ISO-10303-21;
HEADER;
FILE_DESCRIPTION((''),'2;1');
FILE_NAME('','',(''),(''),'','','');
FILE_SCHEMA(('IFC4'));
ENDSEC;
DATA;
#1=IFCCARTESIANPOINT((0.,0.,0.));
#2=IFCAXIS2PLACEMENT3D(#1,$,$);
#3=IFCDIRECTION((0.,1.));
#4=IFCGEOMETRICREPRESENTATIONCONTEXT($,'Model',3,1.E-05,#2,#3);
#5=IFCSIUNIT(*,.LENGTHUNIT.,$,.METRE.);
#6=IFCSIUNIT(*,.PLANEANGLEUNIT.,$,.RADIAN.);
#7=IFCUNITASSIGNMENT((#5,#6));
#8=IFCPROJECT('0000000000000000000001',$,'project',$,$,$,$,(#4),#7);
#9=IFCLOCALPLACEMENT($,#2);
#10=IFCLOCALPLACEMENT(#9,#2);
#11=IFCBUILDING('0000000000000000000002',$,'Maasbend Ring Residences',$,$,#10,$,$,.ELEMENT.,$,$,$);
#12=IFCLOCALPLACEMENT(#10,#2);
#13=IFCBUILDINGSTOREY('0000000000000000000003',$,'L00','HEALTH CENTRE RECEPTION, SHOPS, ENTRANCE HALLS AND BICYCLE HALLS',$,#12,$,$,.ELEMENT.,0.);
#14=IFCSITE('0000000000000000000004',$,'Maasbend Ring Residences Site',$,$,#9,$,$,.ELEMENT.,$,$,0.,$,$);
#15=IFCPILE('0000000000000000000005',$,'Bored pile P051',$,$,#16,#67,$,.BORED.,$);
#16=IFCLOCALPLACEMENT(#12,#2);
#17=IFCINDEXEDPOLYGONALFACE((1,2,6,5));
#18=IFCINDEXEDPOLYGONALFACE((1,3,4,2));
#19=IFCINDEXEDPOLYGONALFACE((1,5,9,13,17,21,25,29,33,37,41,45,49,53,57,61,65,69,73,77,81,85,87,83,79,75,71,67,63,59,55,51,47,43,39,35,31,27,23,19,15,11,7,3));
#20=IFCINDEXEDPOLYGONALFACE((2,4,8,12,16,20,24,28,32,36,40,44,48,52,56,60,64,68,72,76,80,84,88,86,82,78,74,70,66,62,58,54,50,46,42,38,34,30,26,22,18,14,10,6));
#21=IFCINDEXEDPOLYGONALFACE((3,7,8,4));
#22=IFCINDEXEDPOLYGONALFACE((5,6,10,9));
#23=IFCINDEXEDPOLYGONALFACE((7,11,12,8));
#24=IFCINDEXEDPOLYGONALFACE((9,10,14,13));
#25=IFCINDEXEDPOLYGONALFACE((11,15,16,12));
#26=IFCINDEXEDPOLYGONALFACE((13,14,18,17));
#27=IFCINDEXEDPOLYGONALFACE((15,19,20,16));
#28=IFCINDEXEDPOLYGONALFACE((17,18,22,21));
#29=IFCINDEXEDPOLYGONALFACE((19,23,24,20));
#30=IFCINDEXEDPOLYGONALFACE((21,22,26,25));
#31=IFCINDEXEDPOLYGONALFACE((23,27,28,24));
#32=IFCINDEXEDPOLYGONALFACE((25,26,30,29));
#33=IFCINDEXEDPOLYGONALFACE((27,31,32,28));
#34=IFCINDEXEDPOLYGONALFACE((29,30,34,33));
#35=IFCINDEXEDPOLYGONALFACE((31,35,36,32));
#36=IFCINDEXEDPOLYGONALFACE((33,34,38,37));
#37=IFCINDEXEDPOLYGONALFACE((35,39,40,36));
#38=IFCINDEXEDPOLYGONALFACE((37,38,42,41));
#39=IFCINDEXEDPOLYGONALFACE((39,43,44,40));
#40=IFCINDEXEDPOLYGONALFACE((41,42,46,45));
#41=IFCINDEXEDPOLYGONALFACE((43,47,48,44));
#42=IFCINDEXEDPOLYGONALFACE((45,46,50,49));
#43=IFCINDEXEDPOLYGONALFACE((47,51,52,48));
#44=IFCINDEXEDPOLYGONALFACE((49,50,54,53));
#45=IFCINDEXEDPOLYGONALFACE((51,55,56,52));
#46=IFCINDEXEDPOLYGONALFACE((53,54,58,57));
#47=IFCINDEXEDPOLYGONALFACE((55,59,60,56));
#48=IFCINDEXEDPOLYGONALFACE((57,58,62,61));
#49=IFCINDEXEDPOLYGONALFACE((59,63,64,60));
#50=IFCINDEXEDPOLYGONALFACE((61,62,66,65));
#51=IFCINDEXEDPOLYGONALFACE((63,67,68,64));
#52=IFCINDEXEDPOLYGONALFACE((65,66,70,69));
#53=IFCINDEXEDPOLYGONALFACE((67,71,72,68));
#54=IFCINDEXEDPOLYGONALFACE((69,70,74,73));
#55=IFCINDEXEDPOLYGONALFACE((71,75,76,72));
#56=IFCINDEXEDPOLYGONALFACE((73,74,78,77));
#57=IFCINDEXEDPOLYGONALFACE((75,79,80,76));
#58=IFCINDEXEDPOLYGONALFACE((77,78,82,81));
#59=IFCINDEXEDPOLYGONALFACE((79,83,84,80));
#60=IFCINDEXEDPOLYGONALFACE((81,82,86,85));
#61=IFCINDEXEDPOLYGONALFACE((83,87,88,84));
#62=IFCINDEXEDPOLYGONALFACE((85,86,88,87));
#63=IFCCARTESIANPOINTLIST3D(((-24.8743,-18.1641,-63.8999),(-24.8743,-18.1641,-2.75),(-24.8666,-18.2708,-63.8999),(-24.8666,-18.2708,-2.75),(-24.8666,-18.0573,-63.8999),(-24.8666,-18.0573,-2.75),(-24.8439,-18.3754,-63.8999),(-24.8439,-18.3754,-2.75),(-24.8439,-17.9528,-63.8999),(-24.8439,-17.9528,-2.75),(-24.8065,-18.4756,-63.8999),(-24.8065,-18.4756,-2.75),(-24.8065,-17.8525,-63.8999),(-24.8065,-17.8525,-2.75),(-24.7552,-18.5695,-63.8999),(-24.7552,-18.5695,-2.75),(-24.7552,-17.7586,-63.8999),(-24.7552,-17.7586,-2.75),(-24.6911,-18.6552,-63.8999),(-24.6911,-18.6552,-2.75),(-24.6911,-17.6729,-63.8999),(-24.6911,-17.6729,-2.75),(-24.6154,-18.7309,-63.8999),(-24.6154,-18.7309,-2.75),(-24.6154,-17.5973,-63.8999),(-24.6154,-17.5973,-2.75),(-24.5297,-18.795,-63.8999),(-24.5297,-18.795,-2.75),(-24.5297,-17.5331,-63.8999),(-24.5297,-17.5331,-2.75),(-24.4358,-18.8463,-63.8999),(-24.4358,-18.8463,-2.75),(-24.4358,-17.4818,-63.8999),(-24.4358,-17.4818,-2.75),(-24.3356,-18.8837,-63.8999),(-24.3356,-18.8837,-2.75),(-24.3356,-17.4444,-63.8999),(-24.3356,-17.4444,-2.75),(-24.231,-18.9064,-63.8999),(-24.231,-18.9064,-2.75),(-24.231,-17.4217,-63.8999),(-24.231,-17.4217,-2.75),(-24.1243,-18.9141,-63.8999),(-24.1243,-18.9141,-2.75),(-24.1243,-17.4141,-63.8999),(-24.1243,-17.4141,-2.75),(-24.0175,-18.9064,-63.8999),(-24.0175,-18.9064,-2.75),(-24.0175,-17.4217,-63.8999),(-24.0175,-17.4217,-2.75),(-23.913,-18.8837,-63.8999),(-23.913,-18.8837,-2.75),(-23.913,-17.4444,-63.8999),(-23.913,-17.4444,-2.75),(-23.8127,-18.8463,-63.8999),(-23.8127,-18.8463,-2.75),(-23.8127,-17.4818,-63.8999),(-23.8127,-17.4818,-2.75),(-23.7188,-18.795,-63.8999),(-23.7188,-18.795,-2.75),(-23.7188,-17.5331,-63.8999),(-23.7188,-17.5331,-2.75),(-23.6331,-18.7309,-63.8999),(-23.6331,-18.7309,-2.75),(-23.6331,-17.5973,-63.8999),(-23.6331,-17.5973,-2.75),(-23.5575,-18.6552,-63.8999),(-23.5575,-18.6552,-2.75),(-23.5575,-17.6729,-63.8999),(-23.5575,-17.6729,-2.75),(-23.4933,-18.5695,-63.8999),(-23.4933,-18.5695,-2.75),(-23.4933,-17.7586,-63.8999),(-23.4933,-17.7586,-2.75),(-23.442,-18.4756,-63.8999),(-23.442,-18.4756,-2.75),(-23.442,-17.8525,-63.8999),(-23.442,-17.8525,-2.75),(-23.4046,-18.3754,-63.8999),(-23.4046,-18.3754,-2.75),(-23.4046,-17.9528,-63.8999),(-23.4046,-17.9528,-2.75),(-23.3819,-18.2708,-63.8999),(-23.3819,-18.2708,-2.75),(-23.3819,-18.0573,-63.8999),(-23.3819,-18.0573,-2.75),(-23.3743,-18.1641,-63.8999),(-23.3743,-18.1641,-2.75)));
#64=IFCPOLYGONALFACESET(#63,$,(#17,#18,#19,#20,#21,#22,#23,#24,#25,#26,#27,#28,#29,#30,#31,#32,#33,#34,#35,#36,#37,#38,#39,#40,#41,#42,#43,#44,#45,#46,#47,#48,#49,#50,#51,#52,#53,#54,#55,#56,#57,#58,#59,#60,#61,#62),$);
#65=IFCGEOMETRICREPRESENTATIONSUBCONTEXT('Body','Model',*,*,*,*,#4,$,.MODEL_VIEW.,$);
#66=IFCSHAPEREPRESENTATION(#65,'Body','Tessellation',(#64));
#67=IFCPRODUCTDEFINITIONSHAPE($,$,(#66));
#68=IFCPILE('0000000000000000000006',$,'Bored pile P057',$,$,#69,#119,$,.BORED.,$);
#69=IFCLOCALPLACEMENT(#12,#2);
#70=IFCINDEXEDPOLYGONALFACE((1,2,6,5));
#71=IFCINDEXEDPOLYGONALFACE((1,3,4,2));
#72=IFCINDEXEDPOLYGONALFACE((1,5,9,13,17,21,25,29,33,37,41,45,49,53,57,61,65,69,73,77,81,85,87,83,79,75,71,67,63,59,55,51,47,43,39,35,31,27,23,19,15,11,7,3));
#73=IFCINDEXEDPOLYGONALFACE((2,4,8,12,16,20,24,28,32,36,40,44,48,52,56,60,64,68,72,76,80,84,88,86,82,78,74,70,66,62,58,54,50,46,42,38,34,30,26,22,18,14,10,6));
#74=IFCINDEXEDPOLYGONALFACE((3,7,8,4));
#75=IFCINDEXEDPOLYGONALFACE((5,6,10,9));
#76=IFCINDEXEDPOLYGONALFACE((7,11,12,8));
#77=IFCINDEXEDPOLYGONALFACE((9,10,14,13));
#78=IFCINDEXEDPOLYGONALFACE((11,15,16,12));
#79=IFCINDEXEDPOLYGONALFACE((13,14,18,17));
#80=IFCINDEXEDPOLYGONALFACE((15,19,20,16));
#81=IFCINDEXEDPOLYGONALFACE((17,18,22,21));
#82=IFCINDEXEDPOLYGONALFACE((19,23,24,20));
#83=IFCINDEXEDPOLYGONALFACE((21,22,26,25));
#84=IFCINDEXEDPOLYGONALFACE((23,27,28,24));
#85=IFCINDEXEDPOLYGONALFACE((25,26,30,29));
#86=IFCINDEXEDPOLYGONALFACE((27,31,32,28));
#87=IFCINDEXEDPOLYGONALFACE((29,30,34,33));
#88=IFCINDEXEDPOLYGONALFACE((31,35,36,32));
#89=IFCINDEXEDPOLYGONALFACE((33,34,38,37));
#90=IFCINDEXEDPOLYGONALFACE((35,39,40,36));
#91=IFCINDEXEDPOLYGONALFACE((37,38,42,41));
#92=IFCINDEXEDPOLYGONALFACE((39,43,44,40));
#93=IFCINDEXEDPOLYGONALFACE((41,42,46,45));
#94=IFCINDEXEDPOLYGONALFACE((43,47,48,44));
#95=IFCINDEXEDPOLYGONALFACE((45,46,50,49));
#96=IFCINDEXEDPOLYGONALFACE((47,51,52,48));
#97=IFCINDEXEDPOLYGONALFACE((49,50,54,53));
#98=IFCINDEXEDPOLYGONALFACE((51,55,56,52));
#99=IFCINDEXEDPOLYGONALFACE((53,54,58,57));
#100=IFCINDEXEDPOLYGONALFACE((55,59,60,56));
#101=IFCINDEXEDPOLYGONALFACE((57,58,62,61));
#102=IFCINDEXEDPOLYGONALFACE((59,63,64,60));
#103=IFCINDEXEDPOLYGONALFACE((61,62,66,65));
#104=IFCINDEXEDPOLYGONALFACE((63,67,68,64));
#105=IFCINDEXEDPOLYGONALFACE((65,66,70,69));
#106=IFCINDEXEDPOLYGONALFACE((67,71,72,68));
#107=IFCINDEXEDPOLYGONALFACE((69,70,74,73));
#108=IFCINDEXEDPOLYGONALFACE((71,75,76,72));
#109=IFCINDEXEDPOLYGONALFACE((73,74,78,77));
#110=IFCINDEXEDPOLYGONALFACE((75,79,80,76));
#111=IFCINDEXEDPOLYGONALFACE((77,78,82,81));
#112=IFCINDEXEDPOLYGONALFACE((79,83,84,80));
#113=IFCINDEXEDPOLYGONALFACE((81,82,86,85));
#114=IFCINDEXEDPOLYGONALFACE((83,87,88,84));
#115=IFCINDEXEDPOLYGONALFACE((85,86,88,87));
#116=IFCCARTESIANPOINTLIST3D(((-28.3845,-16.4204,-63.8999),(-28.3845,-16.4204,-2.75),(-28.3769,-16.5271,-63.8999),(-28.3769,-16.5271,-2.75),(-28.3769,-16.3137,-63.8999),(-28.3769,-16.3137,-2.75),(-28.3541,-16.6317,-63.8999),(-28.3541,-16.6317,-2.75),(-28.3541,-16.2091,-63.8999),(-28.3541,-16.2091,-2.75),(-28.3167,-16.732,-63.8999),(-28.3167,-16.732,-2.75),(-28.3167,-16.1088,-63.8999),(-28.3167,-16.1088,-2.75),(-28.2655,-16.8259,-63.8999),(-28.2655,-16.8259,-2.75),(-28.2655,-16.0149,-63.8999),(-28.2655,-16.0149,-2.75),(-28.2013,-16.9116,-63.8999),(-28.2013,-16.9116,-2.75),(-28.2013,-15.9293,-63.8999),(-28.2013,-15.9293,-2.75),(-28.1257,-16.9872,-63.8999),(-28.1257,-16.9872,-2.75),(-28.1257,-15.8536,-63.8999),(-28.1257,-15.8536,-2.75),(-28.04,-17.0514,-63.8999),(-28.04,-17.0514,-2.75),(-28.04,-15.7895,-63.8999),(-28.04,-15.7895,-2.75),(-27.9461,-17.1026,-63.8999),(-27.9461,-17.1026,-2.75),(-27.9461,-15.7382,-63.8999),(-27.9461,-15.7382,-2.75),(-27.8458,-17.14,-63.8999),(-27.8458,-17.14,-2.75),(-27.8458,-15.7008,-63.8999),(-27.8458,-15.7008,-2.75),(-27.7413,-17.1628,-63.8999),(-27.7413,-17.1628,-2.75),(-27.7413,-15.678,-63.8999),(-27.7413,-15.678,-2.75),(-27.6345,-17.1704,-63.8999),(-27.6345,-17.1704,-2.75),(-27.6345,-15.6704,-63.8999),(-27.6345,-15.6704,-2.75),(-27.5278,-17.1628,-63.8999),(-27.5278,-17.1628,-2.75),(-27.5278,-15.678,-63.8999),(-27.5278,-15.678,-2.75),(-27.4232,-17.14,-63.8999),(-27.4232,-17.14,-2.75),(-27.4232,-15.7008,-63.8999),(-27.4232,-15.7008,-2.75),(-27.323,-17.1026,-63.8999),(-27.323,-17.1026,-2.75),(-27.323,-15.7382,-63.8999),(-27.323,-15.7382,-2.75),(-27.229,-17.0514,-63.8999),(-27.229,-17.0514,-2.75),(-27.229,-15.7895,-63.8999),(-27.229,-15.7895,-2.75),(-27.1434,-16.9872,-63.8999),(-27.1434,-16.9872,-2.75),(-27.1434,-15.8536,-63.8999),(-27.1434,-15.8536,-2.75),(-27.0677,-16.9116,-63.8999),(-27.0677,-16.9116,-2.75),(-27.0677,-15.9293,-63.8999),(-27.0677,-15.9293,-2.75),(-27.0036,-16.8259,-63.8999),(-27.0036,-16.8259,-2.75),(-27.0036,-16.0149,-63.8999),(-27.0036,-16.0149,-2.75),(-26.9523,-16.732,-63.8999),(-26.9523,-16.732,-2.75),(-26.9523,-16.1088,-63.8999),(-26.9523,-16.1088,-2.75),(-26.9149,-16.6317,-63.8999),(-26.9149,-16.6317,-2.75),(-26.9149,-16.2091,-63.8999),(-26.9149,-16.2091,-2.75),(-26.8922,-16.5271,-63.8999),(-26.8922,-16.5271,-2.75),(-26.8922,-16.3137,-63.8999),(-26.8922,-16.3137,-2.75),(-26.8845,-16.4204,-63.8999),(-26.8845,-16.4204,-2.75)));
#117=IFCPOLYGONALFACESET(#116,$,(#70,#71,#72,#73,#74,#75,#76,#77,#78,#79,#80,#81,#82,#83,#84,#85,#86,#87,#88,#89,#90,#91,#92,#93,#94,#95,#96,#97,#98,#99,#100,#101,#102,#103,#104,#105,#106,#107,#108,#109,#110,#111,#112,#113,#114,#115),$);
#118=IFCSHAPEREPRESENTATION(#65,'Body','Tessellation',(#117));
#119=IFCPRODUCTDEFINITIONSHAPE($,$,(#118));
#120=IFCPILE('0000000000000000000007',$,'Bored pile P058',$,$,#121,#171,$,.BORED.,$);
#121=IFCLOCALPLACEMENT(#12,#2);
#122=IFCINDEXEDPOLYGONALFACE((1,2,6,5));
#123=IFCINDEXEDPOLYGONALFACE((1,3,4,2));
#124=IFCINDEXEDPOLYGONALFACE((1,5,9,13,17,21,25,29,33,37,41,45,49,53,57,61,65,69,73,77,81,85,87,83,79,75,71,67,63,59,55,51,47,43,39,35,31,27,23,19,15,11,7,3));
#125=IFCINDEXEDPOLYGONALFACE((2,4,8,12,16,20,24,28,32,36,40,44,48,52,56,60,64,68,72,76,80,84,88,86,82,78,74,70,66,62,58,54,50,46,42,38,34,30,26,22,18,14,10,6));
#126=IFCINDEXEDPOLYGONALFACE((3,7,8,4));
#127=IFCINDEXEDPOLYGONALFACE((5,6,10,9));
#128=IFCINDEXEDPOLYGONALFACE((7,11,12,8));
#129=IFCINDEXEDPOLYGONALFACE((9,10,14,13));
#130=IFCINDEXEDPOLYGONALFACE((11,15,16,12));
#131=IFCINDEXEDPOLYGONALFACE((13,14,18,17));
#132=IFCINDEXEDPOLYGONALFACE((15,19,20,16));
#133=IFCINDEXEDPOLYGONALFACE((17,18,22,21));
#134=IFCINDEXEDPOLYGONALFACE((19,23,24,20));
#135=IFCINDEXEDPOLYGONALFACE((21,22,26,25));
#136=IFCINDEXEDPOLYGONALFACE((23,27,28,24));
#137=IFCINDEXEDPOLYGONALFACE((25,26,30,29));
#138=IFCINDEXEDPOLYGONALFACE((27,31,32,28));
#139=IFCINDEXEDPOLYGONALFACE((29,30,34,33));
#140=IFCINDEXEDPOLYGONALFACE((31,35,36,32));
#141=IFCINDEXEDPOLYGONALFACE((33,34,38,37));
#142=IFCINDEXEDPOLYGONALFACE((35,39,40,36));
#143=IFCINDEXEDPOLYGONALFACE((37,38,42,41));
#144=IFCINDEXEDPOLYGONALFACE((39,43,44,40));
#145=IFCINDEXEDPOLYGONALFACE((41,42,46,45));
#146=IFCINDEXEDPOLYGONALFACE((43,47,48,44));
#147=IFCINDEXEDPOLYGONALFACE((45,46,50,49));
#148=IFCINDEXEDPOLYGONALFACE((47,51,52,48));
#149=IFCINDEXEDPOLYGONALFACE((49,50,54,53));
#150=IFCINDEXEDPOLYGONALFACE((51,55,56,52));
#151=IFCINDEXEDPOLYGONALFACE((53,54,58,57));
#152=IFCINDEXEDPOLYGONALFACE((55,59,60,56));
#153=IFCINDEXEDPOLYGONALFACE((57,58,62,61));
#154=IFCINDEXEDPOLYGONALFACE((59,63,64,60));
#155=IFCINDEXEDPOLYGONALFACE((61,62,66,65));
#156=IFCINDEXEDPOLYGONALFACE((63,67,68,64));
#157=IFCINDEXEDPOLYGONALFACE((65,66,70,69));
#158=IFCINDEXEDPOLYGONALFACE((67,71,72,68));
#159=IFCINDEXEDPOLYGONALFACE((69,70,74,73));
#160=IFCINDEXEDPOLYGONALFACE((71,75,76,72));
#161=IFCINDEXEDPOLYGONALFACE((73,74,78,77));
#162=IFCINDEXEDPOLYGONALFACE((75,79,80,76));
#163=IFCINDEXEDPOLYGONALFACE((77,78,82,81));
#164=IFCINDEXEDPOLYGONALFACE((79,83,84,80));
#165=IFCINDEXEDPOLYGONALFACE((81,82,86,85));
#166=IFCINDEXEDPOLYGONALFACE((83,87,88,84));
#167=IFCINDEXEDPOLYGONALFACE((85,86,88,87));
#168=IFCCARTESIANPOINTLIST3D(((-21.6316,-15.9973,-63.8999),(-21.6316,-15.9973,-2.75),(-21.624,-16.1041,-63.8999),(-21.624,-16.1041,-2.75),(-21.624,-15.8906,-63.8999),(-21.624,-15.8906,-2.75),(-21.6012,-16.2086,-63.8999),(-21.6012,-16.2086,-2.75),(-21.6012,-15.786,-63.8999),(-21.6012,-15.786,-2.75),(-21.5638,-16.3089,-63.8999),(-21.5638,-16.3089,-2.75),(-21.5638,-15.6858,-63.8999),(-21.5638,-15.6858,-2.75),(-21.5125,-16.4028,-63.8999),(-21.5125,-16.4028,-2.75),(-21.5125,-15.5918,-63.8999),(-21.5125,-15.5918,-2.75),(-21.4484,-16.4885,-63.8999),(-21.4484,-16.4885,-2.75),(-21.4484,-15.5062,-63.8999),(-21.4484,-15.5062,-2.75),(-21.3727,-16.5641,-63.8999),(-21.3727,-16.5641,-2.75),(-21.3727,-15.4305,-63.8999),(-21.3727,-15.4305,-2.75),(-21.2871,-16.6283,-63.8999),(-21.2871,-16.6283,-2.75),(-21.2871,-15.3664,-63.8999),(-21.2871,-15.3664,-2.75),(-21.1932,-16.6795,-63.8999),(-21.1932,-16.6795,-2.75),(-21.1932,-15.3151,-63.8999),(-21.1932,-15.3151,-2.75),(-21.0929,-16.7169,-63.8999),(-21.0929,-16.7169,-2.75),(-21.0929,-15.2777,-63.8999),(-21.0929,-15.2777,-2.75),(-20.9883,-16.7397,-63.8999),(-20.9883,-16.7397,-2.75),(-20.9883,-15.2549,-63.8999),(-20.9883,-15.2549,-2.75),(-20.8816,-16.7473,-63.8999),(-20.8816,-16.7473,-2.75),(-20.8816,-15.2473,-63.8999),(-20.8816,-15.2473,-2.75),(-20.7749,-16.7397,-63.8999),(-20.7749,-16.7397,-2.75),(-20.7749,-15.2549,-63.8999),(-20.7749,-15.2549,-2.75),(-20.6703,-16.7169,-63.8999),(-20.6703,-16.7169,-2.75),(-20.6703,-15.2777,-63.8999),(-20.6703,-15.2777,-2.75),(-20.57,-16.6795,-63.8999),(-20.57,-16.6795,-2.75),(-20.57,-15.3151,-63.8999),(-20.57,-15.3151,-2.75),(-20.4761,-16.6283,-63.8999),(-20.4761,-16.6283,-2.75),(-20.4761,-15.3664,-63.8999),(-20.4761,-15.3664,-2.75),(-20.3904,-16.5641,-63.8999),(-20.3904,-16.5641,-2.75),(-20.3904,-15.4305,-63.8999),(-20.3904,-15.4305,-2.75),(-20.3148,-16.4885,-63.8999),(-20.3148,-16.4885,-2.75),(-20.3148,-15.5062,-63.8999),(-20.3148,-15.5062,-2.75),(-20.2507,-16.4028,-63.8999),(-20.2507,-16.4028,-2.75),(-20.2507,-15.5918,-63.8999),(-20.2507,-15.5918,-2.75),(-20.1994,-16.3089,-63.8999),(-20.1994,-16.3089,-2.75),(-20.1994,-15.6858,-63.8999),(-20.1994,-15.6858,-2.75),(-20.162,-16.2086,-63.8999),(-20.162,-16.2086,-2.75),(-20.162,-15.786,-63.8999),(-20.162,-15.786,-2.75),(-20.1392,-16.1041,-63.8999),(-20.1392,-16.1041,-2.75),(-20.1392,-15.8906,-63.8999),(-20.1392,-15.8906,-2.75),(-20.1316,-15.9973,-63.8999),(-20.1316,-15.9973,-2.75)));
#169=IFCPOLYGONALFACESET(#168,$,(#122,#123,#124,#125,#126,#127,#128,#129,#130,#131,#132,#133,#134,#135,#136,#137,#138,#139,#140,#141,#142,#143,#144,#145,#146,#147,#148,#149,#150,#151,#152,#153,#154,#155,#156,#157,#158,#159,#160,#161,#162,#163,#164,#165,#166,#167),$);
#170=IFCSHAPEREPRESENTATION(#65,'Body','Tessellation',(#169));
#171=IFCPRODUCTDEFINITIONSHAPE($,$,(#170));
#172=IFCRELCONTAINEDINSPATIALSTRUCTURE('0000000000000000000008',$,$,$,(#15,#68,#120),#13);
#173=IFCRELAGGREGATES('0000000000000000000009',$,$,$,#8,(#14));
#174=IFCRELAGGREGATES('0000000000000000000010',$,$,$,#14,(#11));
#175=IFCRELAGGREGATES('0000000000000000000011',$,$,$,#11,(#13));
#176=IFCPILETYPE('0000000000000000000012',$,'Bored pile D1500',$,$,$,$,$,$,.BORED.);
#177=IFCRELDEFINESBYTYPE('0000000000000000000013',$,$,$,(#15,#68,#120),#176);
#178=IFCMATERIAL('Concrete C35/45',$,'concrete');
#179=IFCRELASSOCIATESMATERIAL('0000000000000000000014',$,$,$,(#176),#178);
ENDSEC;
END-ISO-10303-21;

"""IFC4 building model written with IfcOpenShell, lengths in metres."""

from ifc_helpers import new_model, si_unit, direction, frame, origin, origin_2d, place, context, subcontext, project, spatial, circle, extrude, material, material_profile, profile_set, type_object, element, save


model = new_model("IFC4")

# Units and contexts
model_context = context("Model", 3, precision=1e-05, world=origin(), true_north=direction((0.0, 1.0)))
body_context = subcontext(model_context, "Body", "Model", "MODEL_VIEW")
ifc_project = project(units=[si_unit("LENGTHUNIT", "METRE"), si_unit("PLANEANGLEUNIT", "RADIAN")], contexts=[model_context])

# Site, building, storey
site_placement = place(None, origin())
site = spatial("IfcSite", under=ifc_project, at=site_placement, Name="Maasbend Ring Residences Site", CompositionType="ELEMENT", RefElevation=0.0)
building_placement = place(site_placement, origin())
building = spatial("IfcBuilding", under=site, at=building_placement, Name="Maasbend Ring Residences", CompositionType="ELEMENT")
storey_placement = place(building_placement, origin())
storey = spatial("IfcBuildingStorey", under=building, at=storey_placement, Name="L00", Description="HEALTH CENTRE RECEPTION, SHOPS, ENTRANCE HALLS AND BICYCLE HALLS", CompositionType="ELEMENT", Elevation=0.0)

# Piles
ifc_material_1 = material(Name="Concrete C35/45", Category="concrete")
ifc_material_profile_1 = material_profile(ifc_material_1, circle(Radius=0.75, at=origin_2d()), Name="Bored pile D1500")
ifc_profile_set_1 = profile_set([ifc_material_profile_1], Name="Concrete C35/45")
pile_type = type_object("IfcPileType", Name="Bored pile D1500", PredefinedType="BORED", material=ifc_profile_set_1)
for number, where, z_axis, x_axis, name in (
    (1, (-24.1243, -18.1641, -2.75), (0.0, 0.0, -1.0), (1.0, 0.0, 0.0), "Bored pile P051"),
    (2, (-27.6345, -16.4204, -2.75), (0.0, 0.0, -1.0), (1.0, 0.0, 0.0), "Bored pile P057"),
    (3, (-20.8816, -15.9973, -2.75), (0.0, 0.0, -1.0), (1.0, 0.0, 0.0), "Bored pile P058"),
):
    element("IfcPile", number, at=place(storey_placement, frame(where, z_axis=z_axis, x_axis=x_axis)), inside=storey, type_object=pile_type, Name=name, PredefinedType="BORED", context=body_context, shape_type="SweptSolid", body=[
        extrude(circle(Radius=0.75, at=origin_2d()), origin(), (0.0, 0.0, 1.0), 61.1499),
    ])

save(model, "model.ifc")
